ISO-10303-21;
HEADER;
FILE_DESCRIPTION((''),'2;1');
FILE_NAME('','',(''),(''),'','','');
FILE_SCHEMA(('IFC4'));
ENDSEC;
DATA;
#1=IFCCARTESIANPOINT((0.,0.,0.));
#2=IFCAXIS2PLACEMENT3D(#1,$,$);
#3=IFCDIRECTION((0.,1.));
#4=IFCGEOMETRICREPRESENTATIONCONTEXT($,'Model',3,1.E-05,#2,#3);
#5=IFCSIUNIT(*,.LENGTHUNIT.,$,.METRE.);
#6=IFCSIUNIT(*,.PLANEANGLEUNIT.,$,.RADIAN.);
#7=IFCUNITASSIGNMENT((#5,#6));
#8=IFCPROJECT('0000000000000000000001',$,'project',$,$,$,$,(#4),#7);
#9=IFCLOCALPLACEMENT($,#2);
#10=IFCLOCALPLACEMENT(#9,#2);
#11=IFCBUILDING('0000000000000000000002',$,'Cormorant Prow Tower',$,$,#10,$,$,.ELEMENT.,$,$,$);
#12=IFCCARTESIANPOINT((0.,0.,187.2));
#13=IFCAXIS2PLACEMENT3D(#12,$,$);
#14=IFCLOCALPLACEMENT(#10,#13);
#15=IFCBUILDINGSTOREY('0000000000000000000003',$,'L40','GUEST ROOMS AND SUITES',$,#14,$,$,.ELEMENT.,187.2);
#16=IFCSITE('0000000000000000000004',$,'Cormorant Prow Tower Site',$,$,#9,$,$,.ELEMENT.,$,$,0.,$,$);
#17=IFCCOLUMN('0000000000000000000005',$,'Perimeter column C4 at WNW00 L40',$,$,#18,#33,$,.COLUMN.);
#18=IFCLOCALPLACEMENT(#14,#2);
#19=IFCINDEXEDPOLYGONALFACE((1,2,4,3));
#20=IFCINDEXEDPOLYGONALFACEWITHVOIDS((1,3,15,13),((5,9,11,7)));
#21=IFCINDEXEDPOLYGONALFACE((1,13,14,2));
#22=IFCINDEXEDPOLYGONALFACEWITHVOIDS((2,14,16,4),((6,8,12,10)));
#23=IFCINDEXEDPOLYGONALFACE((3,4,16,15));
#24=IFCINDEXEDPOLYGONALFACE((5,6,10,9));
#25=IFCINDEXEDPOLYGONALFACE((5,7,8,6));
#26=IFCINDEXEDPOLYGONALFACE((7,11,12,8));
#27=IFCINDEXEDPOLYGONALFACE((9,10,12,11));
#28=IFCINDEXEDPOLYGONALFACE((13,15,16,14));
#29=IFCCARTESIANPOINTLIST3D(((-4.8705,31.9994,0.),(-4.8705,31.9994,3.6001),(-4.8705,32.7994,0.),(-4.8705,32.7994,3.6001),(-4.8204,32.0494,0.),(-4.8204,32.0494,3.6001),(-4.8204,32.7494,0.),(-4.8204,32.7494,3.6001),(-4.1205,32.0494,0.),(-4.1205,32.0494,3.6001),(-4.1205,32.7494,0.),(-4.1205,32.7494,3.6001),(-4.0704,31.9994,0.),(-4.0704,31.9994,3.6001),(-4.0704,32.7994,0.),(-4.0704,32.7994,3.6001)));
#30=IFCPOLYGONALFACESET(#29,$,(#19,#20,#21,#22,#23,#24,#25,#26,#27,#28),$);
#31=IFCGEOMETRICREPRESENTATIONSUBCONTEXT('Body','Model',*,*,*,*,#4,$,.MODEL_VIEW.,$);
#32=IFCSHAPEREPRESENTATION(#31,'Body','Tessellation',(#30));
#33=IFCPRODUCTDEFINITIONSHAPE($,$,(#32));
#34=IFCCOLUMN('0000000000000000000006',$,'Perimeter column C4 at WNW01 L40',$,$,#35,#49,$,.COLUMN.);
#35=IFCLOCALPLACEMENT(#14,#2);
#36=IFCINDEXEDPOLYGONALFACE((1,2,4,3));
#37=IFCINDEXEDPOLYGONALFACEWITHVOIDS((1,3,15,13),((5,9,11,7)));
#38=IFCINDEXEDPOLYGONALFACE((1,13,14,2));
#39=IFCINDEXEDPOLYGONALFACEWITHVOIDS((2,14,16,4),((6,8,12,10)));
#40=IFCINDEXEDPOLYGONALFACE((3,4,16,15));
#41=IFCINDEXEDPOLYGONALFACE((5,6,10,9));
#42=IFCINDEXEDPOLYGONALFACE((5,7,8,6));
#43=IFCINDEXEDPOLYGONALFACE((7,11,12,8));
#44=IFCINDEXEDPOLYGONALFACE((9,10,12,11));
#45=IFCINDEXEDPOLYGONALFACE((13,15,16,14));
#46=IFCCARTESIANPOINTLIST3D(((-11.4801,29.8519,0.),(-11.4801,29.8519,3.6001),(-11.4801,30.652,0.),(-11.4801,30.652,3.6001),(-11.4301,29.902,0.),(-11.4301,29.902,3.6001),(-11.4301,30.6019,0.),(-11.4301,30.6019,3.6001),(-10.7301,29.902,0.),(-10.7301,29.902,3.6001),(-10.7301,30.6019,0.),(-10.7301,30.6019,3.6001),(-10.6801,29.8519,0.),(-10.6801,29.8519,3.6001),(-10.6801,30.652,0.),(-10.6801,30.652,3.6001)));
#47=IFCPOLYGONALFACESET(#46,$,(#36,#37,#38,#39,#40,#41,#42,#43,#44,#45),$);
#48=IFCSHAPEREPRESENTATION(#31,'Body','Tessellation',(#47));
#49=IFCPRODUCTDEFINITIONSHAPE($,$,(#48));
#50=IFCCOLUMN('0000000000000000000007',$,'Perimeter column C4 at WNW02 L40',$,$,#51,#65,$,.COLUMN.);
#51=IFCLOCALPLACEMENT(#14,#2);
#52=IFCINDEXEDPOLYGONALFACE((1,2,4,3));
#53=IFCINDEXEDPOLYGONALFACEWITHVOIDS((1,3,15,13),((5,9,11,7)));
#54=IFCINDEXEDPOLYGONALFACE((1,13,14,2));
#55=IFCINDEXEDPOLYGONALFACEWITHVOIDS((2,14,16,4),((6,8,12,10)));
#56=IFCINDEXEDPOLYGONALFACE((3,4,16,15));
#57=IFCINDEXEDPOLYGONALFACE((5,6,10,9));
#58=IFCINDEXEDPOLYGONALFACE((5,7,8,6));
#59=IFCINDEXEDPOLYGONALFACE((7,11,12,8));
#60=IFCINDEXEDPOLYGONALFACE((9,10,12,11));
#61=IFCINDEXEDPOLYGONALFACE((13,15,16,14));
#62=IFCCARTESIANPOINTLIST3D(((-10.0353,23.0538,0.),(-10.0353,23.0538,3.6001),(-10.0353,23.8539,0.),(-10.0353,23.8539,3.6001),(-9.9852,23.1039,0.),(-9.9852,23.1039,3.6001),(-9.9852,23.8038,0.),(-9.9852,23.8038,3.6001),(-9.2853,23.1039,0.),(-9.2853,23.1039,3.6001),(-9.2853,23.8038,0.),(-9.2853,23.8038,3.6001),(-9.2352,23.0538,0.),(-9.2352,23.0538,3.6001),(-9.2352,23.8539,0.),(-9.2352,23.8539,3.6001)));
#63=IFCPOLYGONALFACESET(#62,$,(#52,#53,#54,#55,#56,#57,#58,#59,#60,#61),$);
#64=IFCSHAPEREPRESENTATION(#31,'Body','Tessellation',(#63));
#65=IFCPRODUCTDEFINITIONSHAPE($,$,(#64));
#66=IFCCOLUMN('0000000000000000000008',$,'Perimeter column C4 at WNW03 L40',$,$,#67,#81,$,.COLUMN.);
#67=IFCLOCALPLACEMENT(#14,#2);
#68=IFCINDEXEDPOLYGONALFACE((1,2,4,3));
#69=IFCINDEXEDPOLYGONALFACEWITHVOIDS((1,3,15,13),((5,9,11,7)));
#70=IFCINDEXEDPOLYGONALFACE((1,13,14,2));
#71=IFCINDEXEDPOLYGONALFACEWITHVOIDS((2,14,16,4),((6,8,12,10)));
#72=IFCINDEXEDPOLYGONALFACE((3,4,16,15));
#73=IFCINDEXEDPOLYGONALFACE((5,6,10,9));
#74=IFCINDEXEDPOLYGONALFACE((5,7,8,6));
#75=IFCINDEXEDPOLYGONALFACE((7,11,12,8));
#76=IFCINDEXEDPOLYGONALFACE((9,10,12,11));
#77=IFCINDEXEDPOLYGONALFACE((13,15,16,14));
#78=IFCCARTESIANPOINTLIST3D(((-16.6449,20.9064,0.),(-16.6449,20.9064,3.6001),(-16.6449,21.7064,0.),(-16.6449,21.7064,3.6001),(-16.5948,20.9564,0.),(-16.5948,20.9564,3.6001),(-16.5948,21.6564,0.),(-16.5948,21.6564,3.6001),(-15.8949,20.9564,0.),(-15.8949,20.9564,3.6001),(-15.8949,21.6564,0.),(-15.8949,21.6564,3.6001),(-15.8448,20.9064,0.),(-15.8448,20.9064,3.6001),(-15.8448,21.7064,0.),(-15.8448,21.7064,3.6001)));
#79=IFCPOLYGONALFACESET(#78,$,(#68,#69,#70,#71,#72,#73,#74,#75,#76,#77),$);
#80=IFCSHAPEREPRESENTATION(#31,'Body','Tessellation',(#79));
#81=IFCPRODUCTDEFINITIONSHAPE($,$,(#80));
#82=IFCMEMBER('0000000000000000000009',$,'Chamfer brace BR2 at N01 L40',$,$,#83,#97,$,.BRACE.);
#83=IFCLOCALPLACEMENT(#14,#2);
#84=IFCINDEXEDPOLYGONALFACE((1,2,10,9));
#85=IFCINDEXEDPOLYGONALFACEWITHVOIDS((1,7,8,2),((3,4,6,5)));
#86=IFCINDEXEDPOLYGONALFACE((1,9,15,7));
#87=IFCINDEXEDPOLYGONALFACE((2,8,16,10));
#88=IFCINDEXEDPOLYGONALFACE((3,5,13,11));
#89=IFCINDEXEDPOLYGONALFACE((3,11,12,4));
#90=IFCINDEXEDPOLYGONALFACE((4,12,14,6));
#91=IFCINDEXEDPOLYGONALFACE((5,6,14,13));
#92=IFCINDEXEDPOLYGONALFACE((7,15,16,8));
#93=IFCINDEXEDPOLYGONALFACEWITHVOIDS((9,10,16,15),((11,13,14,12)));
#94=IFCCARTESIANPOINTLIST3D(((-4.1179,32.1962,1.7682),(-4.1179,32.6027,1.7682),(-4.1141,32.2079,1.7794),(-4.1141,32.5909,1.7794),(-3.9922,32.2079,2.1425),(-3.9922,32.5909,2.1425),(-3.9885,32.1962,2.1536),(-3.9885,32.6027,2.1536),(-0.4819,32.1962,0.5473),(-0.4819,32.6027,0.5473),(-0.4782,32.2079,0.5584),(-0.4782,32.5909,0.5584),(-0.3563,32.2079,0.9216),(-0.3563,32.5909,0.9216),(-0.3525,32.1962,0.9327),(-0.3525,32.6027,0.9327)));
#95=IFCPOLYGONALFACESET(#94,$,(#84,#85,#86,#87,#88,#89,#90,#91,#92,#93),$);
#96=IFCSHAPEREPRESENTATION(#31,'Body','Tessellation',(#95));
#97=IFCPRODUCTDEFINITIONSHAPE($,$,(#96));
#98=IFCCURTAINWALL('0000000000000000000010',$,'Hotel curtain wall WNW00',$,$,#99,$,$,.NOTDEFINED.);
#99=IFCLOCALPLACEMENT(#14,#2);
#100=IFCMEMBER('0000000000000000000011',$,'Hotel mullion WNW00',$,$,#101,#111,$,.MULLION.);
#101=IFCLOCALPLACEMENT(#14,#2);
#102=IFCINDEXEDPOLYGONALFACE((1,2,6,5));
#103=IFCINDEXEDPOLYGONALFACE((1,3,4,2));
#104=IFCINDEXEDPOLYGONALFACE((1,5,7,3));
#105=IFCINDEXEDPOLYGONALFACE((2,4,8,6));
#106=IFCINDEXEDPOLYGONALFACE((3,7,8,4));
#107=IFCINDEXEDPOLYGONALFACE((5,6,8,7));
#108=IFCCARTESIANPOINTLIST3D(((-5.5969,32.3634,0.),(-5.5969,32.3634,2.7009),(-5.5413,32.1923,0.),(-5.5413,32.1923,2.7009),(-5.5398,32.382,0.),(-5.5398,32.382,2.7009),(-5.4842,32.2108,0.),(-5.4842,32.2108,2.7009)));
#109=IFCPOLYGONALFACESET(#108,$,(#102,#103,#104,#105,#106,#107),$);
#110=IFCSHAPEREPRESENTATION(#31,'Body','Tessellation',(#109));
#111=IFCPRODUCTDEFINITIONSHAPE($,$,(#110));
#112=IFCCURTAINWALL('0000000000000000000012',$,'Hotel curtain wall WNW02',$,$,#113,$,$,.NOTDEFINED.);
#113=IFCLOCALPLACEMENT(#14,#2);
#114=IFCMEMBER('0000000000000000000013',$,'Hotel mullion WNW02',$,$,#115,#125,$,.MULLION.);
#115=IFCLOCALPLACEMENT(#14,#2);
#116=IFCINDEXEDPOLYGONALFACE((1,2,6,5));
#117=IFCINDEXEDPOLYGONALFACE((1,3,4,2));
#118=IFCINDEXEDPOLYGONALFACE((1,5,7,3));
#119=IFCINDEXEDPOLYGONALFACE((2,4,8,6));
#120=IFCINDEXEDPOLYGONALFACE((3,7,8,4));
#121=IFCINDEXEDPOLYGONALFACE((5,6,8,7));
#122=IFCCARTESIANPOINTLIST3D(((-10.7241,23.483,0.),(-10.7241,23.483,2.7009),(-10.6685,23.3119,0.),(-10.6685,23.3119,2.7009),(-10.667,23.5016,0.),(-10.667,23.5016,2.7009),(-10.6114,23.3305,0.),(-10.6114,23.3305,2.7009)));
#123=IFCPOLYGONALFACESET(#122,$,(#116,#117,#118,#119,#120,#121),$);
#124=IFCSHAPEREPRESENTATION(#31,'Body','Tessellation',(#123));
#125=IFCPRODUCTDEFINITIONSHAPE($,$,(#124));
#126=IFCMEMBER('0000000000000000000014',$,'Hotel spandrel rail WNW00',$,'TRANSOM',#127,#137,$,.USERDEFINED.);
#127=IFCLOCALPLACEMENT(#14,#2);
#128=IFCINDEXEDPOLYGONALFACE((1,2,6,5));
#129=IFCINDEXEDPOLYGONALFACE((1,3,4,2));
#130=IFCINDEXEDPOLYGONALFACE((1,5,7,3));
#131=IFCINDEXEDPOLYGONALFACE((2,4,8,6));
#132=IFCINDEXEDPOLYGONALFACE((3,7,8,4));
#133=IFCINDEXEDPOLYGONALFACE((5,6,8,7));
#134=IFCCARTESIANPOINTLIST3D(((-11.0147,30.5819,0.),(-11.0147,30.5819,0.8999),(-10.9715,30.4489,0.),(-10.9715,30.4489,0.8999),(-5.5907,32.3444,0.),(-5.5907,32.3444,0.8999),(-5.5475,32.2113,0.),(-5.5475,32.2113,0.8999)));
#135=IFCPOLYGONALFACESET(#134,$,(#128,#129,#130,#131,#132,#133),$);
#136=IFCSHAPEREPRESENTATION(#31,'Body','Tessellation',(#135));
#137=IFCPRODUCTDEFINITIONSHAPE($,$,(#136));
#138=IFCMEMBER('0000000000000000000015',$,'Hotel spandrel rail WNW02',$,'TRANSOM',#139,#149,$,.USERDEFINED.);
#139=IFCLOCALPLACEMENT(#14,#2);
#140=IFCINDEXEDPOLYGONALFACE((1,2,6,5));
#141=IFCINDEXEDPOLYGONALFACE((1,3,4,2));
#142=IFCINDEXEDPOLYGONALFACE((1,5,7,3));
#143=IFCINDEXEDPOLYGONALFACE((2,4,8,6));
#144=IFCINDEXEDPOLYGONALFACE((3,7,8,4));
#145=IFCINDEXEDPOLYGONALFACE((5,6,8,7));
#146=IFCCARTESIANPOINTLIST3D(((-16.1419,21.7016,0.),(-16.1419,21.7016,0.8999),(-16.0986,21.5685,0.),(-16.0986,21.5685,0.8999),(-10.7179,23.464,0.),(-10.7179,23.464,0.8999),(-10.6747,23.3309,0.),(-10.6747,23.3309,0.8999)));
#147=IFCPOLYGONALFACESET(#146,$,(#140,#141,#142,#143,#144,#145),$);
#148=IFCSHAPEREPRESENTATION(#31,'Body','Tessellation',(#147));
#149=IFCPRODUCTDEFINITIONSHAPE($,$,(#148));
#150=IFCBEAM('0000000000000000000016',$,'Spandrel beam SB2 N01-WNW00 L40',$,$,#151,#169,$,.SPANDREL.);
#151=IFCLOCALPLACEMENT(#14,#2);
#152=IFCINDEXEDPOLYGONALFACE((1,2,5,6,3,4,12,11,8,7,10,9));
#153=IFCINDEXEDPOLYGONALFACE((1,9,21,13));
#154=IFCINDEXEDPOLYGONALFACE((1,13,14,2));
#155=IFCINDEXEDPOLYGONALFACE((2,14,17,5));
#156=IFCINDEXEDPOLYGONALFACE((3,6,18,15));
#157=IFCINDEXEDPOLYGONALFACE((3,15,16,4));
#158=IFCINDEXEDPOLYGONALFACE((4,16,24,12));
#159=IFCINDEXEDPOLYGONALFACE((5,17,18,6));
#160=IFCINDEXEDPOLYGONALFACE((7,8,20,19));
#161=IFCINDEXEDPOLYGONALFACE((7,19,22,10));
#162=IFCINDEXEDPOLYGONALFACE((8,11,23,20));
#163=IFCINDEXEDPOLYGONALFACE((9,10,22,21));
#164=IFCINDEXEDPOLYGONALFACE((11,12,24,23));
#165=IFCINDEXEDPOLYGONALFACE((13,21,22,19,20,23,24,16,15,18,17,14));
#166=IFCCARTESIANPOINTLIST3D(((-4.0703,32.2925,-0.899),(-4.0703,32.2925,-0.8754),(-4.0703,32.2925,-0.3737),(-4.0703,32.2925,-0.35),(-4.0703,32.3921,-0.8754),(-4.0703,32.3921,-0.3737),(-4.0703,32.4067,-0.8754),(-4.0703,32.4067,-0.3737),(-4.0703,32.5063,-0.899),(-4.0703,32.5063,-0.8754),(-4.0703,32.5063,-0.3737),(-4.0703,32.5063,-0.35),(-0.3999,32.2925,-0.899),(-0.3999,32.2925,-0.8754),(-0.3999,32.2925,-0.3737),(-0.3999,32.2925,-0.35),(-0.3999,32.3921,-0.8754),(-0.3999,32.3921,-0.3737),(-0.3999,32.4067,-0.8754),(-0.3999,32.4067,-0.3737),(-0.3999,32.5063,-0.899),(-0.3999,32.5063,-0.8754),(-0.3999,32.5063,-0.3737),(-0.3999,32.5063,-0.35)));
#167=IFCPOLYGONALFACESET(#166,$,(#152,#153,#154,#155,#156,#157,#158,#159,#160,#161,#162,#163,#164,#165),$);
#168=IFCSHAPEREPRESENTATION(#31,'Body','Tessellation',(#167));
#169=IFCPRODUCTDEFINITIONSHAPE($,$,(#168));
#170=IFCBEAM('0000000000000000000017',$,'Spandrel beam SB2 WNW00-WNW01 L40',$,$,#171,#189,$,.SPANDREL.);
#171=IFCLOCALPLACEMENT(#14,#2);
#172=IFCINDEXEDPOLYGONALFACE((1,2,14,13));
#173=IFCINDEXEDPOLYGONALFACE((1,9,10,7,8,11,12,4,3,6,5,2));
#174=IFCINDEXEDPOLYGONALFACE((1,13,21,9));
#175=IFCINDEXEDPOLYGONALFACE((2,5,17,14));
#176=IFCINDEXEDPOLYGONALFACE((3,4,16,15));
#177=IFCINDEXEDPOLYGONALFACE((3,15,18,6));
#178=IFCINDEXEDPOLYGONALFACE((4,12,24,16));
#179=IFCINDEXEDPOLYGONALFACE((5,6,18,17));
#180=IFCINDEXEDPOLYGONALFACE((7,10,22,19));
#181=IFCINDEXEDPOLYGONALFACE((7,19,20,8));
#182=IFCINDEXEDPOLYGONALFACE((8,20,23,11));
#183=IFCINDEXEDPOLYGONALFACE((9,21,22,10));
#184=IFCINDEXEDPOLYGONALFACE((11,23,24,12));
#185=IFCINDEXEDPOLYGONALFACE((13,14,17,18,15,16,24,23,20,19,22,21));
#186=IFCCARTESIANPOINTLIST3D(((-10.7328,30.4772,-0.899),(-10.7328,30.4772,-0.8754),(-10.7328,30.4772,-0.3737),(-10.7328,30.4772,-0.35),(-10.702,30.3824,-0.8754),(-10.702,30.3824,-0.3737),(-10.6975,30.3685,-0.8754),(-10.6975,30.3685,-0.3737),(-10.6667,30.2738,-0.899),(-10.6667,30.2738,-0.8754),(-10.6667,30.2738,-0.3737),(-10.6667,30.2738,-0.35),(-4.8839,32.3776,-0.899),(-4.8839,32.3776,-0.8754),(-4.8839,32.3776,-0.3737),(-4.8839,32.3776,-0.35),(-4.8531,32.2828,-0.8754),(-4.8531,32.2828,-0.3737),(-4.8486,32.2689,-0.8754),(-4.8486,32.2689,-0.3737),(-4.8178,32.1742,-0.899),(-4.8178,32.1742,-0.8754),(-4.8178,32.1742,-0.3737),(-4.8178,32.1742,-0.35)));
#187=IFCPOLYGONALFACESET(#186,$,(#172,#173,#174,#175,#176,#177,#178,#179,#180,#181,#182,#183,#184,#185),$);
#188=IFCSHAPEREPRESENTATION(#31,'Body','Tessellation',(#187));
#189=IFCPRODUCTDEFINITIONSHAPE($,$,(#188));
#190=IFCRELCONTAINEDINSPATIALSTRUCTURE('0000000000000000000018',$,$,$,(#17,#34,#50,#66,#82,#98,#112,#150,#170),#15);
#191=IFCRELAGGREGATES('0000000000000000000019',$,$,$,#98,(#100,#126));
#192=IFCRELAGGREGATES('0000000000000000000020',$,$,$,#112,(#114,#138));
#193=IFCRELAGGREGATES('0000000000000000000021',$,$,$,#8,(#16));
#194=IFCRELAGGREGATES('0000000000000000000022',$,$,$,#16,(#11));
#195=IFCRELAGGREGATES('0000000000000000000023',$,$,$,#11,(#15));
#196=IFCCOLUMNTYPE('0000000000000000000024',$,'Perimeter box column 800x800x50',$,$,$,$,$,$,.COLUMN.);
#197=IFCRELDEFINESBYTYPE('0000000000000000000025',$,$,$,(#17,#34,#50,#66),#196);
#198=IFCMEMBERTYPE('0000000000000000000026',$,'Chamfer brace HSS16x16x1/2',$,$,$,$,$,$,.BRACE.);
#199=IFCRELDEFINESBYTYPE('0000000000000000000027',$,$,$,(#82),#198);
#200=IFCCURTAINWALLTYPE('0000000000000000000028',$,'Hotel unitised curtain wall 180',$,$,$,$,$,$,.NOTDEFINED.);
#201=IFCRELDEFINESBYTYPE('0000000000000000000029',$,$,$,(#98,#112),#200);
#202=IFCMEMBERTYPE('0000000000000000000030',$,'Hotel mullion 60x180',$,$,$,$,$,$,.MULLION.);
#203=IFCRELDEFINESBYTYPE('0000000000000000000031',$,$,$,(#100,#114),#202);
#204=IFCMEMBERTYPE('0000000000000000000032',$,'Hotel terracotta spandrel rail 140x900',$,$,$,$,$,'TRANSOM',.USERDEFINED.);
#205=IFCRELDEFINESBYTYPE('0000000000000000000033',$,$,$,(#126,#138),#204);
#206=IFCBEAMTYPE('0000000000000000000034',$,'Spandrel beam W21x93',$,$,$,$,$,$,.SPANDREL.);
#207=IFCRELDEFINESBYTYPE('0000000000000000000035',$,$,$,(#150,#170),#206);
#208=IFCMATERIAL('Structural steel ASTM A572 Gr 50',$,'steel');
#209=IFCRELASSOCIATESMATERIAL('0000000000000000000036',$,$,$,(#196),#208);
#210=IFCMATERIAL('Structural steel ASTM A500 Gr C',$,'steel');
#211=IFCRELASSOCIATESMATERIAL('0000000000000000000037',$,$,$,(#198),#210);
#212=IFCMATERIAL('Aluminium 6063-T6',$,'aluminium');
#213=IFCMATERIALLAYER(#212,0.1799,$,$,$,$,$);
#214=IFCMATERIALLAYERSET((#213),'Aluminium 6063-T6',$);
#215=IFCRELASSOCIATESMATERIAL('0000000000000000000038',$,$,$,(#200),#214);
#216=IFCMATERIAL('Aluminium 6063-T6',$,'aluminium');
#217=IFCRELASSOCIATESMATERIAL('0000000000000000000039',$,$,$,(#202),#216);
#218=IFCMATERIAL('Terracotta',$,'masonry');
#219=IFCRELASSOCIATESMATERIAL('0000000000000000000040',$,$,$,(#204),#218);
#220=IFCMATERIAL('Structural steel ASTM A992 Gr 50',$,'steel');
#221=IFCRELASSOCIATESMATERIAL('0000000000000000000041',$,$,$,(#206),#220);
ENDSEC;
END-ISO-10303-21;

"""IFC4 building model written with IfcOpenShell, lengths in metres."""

from ifc_helpers import new_model, si_unit, direction, frame, origin, origin_2d, place, context, subcontext, project, spatial, rectangle, hollow_rectangle, i_section, extrude, material, layer, layer_set, material_profile, profile_set, type_object, element, aggregate, save


model = new_model("IFC4")

# Units and contexts
model_context = context("Model", 3, precision=1e-05, world=origin(), true_north=direction((0.0, 1.0)))
body_context = subcontext(model_context, "Body", "Model", "MODEL_VIEW")
ifc_project = project(units=[si_unit("LENGTHUNIT", "METRE"), si_unit("PLANEANGLEUNIT", "RADIAN")], contexts=[model_context])

# Site, building, storey
site_placement = place(None, origin())
site = spatial("IfcSite", under=ifc_project, at=site_placement, Name="Cormorant Prow Tower Site", CompositionType="ELEMENT", RefElevation=0.0)
building_placement = place(site_placement, origin())
building = spatial("IfcBuilding", under=site, at=building_placement, Name="Cormorant Prow Tower", CompositionType="ELEMENT")
storey_placement = place(building_placement, frame((0.0, 0.0, 187.2)))
storey = spatial("IfcBuildingStorey", under=building, at=storey_placement, Name="L40", Description="GUEST ROOMS AND SUITES", CompositionType="ELEMENT", Elevation=187.2)

# Columns
ifc_material_1 = material(Name="Structural steel ASTM A572 Gr 50", Category="steel")
ifc_material_profile_1 = material_profile(ifc_material_1, hollow_rectangle(XDim=0.8, YDim=0.8, WallThickness=0.05, at=origin_2d()), Name="Box 800x800x50")
ifc_profile_set_1 = profile_set([ifc_material_profile_1], Name="Structural steel ASTM A572 Gr 50")
column_type = type_object("IfcColumnType", Name="Perimeter box column 800x800x50", PredefinedType="COLUMN", material=ifc_profile_set_1)
for number, where, z_axis, x_axis, name in (
    (1, (-4.4705, 32.3994, 0.0), (0.0, 0.0, 1.0), (1.0, 0.0, 0.0), "Perimeter column C4 at WNW00 L40"),
    (2, (-11.0801, 30.252, 0.0), (0.0, 0.0, 1.0), (1.0, 0.0, 0.0), "Perimeter column C4 at WNW01 L40"),
    (3, (-9.6353, 23.4539, 0.0), (0.0, 0.0, 1.0), (1.0, 0.0, 0.0), "Perimeter column C4 at WNW02 L40"),
    (4, (-16.2449, 21.3064, 0.0), (0.0, 0.0, 1.0), (1.0, 0.0, 0.0), "Perimeter column C4 at WNW03 L40"),
):
    element("IfcColumn", number, at=place(storey_placement, frame(where, z_axis=z_axis, x_axis=x_axis)), inside=storey, type_object=column_type, Name=name, PredefinedType="COLUMN", context=body_context, shape_type="SweptSolid", body=[
        extrude(hollow_rectangle(XDim=0.8, YDim=0.8, WallThickness=0.05, at=origin_2d()), origin(), (0.0, 0.0, 1.0), 3.6001),
    ])

# Member
ifc_material_2 = material(Name="Structural steel ASTM A500 Gr C", Category="steel")
ifc_material_profile_2 = material_profile(ifc_material_2, hollow_rectangle(XDim=0.4065, YDim=0.4065, WallThickness=0.0117, at=origin_2d()), Name="HSS16x16x1/2")
ifc_profile_set_2 = profile_set([ifc_material_profile_2], Name="Structural steel ASTM A500 Gr C")
member_type_1 = type_object("IfcMemberType", Name="Chamfer brace HSS16x16x1/2", PredefinedType="BRACE", material=ifc_profile_set_2)
member_1_placement = place(storey_placement, frame((-0.4172, 32.3994, 0.74), z_axis=(-0.947981, 0.0, 0.318328), x_axis=(0.0, -1.0, 0.0)))
element("IfcMember", 5, at=member_1_placement, inside=storey, type_object=member_type_1, Name="Chamfer brace BR2 at N01 L40", PredefinedType="BRACE", context=body_context, shape_type="SweptSolid", body=[
    extrude(hollow_rectangle(XDim=0.4065, YDim=0.4065, WallThickness=0.0117, at=origin_2d()), origin(), (0.0, 0.0, 1.0), 3.8354),
])

# Curtain walls, members
ifc_material_3 = material(Name="Aluminium 6063-T6", Category="aluminium")
ifc_layer_1 = layer(ifc_material_3, 0.1799)
ifc_layer_set_1 = layer_set([ifc_layer_1], Name="Aluminium 6063-T6")
curtain_wall_type = type_object("IfcCurtainWallType", Name="Hotel unitised curtain wall 180", PredefinedType="NOTDEFINED", material=ifc_layer_set_1)
curtain_wall_1_placement = place(storey_placement, origin())
curtain_wall_1 = element("IfcCurtainWall", 6, at=curtain_wall_1_placement, inside=storey, type_object=curtain_wall_type, Name="Hotel curtain wall WNW00", PredefinedType="NOTDEFINED")
ifc_material_4 = material(Name="Aluminium 6063-T6", Category="aluminium")
ifc_material_profile_3 = material_profile(ifc_material_4, rectangle(XDim=0.1799, YDim=0.0601, at=origin_2d()), Name="Hotel mullion 60x180")
ifc_profile_set_3 = profile_set([ifc_material_profile_3], Name="Aluminium 6063-T6")
member_type_2 = type_object("IfcMemberType", Name="Hotel mullion 60x180", PredefinedType="MULLION", material=ifc_profile_set_3)
member_2_placement = place(storey_placement, frame((-5.5405, 32.2871, 0.0), z_axis=(0.0, 0.0, 1.0), x_axis=(0.309017, -0.951057, 0.0)))
member_2 = element("IfcMember", 7, at=member_2_placement, type_object=member_type_2, Name="Hotel mullion WNW00", PredefinedType="MULLION", context=body_context, shape_type="SweptSolid", body=[
    extrude(rectangle(XDim=0.1799, YDim=0.0601, at=origin_2d()), origin(), (0.0, 0.0, 1.0), 2.7009),
])
curtain_wall_2_placement = place(storey_placement, origin())
curtain_wall_2 = element("IfcCurtainWall", 8, at=curtain_wall_2_placement, inside=storey, type_object=curtain_wall_type, Name="Hotel curtain wall WNW02", PredefinedType="NOTDEFINED")
member_3_placement = place(storey_placement, frame((-10.6677, 23.4067, 0.0), z_axis=(0.0, 0.0, 1.0), x_axis=(0.309017, -0.951057, 0.0)))
member_3 = element("IfcMember", 9, at=member_3_placement, type_object=member_type_2, Name="Hotel mullion WNW02", PredefinedType="MULLION", context=body_context, shape_type="SweptSolid", body=[
    extrude(rectangle(XDim=0.1799, YDim=0.0601, at=origin_2d()), origin(), (0.0, 0.0, 1.0), 2.7009),
])

# Members
ifc_material_5 = material(Name="Terracotta", Category="masonry")
ifc_material_profile_4 = material_profile(ifc_material_5, rectangle(XDim=0.1399, YDim=0.8999, at=origin_2d()), Name="Hotel terracotta spandrel rail 140x900")
ifc_profile_set_4 = profile_set([ifc_material_profile_4], Name="Terracotta")
member_type_3 = type_object("IfcMemberType", Name="Hotel terracotta spandrel rail 140x900", ElementType="TRANSOM", PredefinedType="USERDEFINED", material=ifc_profile_set_4)
member_4_placement = place(storey_placement, frame((-5.5691, 32.2778, 0.45), z_axis=(-0.951053, -0.309027, 0.0), x_axis=(0.309027, -0.951053, 0.0)))
member_4 = element("IfcMember", 10, at=member_4_placement, type_object=member_type_3, Name="Hotel spandrel rail WNW00", ObjectType="TRANSOM", PredefinedType="USERDEFINED", context=body_context, shape_type="SweptSolid", body=[
    extrude(rectangle(XDim=0.1399, YDim=0.8999, at=origin_2d()), origin(), (0.0, 0.0, 1.0), 5.7031),
])
member_5_placement = place(storey_placement, frame((-10.6963, 23.3975, 0.45), z_axis=(-0.951053, -0.309027, 0.0), x_axis=(0.309027, -0.951053, 0.0)))
member_5 = element("IfcMember", 11, at=member_5_placement, type_object=member_type_3, Name="Hotel spandrel rail WNW02", ObjectType="TRANSOM", PredefinedType="USERDEFINED", context=body_context, shape_type="SweptSolid", body=[
    extrude(rectangle(XDim=0.1399, YDim=0.8999, at=origin_2d()), origin(), (0.0, 0.0, 1.0), 5.7031),
])

# Beams
ifc_material_6 = material(Name="Structural steel ASTM A992 Gr 50", Category="steel")
ifc_material_profile_5 = material_profile(ifc_material_6, i_section(OverallWidth=0.2139, OverallDepth=0.5491, WebThickness=0.0146, FlangeThickness=0.0237, at=origin_2d()), Name="W21x93")
ifc_profile_set_5 = profile_set([ifc_material_profile_5], Name="Structural steel ASTM A992 Gr 50")
beam_type = type_object("IfcBeamType", Name="Spandrel beam W21x93", PredefinedType="SPANDREL", material=ifc_profile_set_5)
beam_1_placement = place(storey_placement, frame((-0.3999, 32.3994, -0.6245), z_axis=(-1.0, 0.0, 0.0), x_axis=(0.0, -1.0, 0.0)))
element("IfcBeam", 12, at=beam_1_placement, inside=storey, type_object=beam_type, Name="Spandrel beam SB2 N01-WNW00 L40", PredefinedType="SPANDREL", context=body_context, shape_type="SweptSolid", body=[
    extrude(i_section(OverallWidth=0.2139, OverallDepth=0.5491, WebThickness=0.0146, FlangeThickness=0.0237, at=origin_2d()), origin(), (0.0, 0.0, 1.0), 3.6704),
])
beam_2_placement = place(storey_placement, frame((-4.8508, 32.2759, -0.6245), z_axis=(-0.951058, -0.309013, 0.0), x_axis=(0.309013, -0.951058, 0.0)))
element("IfcBeam", 13, at=beam_2_placement, inside=storey, type_object=beam_type, Name="Spandrel beam SB2 WNW00-WNW01 L40", PredefinedType="SPANDREL", context=body_context, shape_type="SweptSolid", body=[
    extrude(i_section(OverallWidth=0.2139, OverallDepth=0.5491, WebThickness=0.0146, FlangeThickness=0.0237, at=origin_2d()), origin(), (0.0, 0.0, 1.0), 6.1499),
])

aggregate(curtain_wall_1, [member_2, member_4])
aggregate(curtain_wall_2, [member_3, member_5])

save(model, "model.ifc")
